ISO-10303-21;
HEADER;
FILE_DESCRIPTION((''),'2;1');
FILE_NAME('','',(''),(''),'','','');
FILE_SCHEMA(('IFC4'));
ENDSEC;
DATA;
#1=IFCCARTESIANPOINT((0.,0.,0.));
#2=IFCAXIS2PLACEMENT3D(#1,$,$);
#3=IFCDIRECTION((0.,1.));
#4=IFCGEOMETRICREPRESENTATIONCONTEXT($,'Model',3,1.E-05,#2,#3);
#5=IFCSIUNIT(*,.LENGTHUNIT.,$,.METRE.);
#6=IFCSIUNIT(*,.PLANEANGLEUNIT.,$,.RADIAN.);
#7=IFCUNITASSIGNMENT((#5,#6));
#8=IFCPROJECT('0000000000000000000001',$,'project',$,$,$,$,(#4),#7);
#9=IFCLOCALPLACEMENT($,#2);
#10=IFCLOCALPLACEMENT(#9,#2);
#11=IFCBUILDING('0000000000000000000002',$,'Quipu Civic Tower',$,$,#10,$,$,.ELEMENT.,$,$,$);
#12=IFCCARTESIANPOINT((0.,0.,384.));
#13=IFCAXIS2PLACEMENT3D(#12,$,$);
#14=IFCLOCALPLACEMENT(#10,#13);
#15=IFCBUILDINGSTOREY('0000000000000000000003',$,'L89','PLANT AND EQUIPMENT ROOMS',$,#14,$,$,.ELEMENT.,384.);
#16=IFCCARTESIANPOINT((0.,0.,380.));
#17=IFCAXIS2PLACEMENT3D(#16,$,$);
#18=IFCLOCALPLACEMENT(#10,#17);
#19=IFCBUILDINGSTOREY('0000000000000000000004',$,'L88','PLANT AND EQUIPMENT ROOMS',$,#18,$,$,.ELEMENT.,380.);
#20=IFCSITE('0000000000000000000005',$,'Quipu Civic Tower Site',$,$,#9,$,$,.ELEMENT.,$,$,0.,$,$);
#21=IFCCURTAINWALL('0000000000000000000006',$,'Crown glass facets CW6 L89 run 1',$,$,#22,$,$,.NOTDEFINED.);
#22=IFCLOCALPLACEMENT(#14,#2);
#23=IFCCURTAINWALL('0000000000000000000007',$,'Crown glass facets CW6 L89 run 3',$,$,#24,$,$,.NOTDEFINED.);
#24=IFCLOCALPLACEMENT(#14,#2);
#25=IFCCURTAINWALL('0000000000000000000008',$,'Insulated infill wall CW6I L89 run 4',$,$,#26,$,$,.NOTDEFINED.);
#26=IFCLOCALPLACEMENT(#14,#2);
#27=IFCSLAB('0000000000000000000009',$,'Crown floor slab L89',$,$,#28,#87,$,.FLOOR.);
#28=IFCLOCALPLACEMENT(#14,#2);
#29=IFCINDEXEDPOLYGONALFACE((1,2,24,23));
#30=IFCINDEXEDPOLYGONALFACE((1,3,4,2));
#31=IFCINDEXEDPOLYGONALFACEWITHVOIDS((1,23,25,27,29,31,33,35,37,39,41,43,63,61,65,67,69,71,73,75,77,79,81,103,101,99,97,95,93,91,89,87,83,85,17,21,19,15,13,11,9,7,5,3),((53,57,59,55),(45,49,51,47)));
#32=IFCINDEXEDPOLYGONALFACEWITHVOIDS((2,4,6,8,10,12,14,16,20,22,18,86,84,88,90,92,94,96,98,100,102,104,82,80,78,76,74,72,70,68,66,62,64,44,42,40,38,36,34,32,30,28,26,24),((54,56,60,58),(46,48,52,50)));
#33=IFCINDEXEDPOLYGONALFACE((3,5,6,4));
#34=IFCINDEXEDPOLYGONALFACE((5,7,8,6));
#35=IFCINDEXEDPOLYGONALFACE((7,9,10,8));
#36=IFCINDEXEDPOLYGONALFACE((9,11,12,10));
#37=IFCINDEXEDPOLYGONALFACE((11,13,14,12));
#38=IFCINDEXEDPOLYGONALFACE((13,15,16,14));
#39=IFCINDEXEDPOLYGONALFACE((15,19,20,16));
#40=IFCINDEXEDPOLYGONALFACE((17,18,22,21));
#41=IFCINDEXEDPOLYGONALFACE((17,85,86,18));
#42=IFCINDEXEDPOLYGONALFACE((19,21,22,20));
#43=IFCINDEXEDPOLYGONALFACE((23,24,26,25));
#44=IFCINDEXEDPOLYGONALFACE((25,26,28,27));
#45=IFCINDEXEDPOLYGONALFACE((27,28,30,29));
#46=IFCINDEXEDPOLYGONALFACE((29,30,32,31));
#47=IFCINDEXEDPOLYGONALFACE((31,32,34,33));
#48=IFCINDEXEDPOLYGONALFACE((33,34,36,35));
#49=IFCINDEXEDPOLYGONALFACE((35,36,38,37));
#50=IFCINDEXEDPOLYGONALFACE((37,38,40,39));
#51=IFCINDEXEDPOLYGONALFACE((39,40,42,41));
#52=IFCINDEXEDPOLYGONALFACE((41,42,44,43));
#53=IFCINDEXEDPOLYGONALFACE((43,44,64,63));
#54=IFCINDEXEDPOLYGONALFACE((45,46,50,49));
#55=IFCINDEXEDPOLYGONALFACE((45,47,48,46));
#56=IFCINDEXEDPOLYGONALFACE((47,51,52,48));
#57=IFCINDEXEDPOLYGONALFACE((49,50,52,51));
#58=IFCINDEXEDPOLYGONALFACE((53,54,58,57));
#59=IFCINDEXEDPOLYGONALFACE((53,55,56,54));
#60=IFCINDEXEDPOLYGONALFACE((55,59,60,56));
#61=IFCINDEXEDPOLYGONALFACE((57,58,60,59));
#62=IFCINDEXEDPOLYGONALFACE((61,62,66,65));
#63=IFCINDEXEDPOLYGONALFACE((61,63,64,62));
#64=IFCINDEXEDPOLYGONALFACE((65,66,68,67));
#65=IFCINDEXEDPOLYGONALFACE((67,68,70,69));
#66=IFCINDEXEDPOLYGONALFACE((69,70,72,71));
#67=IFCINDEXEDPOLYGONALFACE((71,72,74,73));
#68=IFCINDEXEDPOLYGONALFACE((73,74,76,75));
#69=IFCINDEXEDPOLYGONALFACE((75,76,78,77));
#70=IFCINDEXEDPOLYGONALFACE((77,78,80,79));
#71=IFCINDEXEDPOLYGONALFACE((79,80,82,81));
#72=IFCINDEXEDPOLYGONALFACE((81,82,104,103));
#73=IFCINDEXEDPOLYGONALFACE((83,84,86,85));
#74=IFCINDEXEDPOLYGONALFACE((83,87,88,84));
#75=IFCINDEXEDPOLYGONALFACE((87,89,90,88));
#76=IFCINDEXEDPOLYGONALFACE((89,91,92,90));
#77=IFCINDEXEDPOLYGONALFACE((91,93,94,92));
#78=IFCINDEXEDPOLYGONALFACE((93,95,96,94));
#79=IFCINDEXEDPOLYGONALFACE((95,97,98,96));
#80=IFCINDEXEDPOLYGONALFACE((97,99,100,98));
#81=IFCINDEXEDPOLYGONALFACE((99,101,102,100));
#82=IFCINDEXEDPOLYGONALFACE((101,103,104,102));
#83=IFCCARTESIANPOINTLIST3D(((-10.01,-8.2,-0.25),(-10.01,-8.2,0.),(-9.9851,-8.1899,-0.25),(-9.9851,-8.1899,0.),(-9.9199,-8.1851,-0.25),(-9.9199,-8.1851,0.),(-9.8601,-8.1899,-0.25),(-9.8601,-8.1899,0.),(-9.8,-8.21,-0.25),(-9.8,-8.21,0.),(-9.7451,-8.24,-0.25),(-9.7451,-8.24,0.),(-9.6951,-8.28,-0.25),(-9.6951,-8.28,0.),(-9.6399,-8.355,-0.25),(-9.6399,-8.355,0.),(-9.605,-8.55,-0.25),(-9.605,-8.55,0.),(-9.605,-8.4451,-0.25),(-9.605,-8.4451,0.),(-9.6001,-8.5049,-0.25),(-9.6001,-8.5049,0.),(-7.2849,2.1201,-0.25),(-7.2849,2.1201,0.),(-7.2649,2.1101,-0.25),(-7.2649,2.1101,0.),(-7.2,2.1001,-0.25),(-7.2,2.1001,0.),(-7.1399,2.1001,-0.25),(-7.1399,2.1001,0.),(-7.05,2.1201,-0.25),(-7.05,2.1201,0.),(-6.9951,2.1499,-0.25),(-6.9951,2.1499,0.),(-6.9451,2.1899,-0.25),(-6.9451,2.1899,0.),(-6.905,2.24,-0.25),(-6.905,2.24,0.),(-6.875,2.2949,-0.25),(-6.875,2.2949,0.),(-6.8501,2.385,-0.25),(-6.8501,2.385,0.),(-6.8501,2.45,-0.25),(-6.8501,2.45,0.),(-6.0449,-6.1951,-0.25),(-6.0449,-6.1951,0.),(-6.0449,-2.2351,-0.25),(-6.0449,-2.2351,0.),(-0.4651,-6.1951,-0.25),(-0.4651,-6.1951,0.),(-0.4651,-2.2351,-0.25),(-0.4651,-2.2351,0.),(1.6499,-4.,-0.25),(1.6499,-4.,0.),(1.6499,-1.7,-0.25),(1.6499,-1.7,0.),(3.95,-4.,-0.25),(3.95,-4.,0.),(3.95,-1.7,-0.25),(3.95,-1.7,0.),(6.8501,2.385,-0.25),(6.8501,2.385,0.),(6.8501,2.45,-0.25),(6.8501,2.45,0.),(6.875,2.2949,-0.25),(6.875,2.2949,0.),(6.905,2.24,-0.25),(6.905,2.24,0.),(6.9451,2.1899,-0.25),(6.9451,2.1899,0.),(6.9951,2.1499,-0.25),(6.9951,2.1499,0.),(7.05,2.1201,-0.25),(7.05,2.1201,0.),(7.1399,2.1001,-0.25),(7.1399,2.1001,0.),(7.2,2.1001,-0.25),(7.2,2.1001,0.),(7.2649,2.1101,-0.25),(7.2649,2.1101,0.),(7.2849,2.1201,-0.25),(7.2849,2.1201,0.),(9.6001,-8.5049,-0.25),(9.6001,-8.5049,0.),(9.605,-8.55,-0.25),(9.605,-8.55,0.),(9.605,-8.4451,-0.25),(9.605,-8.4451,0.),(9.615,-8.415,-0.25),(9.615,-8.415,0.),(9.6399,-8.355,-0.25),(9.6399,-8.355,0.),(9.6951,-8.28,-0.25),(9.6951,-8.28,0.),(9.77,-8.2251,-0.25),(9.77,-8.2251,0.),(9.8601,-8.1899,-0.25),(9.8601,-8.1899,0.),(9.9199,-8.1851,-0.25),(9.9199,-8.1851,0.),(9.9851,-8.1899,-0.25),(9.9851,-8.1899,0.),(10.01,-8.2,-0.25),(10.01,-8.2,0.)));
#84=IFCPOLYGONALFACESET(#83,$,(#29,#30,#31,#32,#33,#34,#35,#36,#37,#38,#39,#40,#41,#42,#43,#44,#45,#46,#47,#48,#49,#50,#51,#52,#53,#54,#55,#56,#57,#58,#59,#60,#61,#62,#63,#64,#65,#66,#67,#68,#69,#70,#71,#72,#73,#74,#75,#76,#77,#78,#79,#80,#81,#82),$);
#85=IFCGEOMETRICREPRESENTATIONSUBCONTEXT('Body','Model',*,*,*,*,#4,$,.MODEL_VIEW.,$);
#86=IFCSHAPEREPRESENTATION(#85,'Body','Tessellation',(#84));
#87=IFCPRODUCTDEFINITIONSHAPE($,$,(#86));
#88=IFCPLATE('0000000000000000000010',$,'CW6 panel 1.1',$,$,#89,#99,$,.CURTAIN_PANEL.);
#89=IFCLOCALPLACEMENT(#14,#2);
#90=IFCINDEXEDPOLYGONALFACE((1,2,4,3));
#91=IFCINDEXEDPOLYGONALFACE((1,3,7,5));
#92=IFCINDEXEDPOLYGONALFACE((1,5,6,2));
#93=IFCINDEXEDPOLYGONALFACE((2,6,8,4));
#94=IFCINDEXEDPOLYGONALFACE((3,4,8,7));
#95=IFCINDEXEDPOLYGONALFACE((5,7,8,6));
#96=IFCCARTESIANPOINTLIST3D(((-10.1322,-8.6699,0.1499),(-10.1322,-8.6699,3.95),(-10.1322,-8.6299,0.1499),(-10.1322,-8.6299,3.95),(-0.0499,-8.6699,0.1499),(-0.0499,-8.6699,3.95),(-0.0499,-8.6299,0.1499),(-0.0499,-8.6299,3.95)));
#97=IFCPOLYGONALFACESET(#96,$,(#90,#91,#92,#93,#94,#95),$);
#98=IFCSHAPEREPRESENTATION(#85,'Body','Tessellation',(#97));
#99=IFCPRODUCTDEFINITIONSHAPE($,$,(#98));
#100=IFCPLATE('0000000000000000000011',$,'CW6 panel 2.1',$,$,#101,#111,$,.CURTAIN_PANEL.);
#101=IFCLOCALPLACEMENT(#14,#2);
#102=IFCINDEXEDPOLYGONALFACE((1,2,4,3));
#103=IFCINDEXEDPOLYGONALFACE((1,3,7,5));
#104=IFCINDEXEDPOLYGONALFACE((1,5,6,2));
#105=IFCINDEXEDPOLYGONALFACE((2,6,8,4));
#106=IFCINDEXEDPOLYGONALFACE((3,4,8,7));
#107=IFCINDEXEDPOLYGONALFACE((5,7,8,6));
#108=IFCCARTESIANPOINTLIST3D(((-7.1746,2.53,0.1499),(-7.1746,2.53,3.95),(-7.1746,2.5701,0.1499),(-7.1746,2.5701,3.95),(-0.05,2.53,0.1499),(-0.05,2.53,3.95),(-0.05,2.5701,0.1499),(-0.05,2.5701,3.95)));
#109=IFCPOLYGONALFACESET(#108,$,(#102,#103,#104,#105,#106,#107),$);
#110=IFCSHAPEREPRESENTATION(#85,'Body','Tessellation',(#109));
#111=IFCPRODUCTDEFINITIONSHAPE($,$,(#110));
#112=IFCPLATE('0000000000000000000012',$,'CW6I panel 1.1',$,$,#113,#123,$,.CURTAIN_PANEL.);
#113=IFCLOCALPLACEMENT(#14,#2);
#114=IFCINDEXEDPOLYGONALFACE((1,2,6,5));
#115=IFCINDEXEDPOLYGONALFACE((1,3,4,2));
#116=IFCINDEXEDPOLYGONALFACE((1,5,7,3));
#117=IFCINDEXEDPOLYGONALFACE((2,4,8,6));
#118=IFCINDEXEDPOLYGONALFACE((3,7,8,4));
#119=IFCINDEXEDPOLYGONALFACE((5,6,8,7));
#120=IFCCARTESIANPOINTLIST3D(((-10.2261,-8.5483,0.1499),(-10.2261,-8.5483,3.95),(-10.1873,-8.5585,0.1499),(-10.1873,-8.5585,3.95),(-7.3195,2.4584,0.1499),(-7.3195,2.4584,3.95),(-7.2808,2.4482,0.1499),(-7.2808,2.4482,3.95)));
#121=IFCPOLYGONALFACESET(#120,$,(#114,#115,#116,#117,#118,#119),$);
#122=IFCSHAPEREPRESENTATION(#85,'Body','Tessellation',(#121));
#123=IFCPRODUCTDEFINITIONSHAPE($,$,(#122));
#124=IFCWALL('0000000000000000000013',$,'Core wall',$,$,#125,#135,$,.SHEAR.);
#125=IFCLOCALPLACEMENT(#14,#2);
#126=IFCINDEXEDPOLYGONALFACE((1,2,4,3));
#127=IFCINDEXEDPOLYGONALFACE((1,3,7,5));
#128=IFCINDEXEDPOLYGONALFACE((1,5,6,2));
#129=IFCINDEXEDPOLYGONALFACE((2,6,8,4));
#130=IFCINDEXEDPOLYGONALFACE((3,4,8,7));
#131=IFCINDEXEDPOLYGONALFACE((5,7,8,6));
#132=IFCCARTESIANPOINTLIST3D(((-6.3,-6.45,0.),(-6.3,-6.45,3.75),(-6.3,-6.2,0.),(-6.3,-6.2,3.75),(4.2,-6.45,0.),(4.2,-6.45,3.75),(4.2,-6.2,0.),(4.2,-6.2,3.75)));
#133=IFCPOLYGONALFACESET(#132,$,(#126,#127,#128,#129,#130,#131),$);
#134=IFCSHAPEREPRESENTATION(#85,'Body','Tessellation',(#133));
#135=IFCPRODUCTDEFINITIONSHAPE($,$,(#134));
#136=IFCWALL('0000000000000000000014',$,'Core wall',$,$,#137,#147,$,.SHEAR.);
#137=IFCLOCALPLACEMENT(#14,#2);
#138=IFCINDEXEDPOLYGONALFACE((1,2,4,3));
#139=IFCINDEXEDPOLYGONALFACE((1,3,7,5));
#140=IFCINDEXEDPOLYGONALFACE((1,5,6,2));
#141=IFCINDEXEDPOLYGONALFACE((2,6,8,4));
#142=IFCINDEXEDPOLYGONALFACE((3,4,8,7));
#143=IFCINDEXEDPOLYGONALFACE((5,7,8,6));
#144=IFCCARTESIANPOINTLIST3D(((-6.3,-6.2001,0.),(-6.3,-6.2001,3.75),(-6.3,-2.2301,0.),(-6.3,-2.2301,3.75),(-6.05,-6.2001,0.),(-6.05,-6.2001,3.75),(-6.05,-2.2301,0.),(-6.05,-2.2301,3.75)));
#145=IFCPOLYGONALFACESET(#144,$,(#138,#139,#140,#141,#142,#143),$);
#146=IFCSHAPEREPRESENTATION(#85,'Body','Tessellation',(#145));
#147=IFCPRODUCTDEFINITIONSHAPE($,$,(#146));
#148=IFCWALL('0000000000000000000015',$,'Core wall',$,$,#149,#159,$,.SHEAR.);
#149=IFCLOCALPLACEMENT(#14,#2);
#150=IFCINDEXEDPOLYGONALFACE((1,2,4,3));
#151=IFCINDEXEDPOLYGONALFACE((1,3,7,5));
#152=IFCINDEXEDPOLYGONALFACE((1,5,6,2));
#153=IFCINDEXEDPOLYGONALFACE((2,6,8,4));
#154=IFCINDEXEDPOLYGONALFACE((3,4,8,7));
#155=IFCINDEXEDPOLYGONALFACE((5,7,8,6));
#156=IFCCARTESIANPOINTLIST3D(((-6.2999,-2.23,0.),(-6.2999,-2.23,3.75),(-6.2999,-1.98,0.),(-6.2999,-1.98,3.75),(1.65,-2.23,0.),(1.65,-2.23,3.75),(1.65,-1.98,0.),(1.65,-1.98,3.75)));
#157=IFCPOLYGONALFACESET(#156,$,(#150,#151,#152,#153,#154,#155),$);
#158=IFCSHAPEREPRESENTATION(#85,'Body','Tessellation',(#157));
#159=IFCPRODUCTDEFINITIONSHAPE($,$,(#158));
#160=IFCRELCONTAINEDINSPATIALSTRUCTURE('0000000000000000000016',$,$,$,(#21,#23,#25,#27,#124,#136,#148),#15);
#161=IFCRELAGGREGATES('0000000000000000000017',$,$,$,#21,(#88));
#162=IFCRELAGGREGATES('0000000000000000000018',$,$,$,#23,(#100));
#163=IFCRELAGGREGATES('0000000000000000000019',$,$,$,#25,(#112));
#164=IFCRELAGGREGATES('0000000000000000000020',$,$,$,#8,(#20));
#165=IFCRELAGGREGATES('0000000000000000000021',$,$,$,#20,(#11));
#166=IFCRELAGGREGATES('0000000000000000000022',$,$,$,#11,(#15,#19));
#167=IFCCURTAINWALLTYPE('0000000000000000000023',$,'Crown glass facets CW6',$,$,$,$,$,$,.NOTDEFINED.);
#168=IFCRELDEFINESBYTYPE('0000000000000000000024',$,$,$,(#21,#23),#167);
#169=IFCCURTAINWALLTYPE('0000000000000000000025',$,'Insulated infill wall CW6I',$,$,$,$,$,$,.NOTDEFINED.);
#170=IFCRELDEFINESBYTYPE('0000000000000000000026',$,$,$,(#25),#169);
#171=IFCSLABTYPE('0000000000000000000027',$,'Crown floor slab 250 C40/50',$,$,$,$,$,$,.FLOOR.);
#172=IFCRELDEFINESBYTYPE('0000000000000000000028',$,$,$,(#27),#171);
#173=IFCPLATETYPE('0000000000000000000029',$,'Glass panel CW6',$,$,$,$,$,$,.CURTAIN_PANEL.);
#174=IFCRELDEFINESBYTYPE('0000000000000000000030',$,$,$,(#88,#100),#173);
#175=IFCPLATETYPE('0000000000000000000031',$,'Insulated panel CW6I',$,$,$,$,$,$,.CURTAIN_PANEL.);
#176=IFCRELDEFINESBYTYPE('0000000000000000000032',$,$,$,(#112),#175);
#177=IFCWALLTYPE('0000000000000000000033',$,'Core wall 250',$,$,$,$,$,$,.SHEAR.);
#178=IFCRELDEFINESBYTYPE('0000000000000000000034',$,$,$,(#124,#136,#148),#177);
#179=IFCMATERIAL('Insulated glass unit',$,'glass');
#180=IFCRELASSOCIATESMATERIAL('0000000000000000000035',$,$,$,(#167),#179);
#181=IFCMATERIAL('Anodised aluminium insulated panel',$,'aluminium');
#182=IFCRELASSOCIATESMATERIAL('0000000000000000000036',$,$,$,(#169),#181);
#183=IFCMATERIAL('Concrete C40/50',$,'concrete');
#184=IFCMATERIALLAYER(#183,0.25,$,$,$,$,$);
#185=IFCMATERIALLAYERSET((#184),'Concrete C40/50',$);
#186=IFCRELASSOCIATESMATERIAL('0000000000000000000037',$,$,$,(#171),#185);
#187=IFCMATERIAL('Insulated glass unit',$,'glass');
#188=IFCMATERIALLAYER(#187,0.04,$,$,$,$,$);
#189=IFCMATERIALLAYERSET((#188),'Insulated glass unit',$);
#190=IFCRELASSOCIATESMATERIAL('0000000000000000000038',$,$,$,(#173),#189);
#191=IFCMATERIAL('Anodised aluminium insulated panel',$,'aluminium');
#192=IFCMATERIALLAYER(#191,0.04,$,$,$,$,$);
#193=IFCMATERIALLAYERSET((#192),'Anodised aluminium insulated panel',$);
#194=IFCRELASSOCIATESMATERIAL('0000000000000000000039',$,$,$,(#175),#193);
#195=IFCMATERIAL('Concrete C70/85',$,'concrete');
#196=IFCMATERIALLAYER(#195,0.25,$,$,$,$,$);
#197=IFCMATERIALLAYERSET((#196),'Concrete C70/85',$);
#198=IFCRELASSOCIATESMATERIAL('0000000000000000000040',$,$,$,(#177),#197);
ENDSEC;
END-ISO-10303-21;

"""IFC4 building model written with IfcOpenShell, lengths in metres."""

from ifc_helpers import new_model, si_unit, direction, frame, frame_2d, origin, origin_2d, place, context, subcontext, project, spatial, polyline, rectangle, outline, extrude, material, layer, layer_set, type_object, element, aggregate, save


model = new_model("IFC4")

# Units and contexts
model_context = context("Model", 3, precision=1e-05, world=origin(), true_north=direction((0.0, 1.0)))
body_context = subcontext(model_context, "Body", "Model", "MODEL_VIEW")
ifc_project = project(units=[si_unit("LENGTHUNIT", "METRE"), si_unit("PLANEANGLEUNIT", "RADIAN")], contexts=[model_context])

# Site, building, storey
site_placement = place(None, origin())
site = spatial("IfcSite", under=ifc_project, at=site_placement, Name="Quipu Civic Tower Site", CompositionType="ELEMENT", RefElevation=0.0)
building_placement = place(site_placement, origin())
building = spatial("IfcBuilding", under=site, at=building_placement, Name="Quipu Civic Tower", CompositionType="ELEMENT")
storey_1_placement = place(building_placement, frame((0.0, 0.0, 384.0)))
storey_1 = spatial("IfcBuildingStorey", under=building, at=storey_1_placement, Name="L89", Description="PLANT AND EQUIPMENT ROOMS", CompositionType="ELEMENT", Elevation=384.0)

# Curtain walls
ifc_material_1 = material(Name="Insulated glass unit", Category="glass")
curtain_wall_type_1 = type_object("IfcCurtainWallType", Name="Crown glass facets CW6", PredefinedType="NOTDEFINED", material=ifc_material_1)
curtain_wall_1_placement = place(storey_1_placement, origin())
curtain_wall_1 = element("IfcCurtainWall", 1, at=curtain_wall_1_placement, inside=storey_1, type_object=curtain_wall_type_1, Name="Crown glass facets CW6 L89 run 1", PredefinedType="NOTDEFINED")
curtain_wall_2_placement = place(storey_1_placement, origin())
curtain_wall_2 = element("IfcCurtainWall", 2, at=curtain_wall_2_placement, inside=storey_1, type_object=curtain_wall_type_1, Name="Crown glass facets CW6 L89 run 3", PredefinedType="NOTDEFINED")
ifc_material_2 = material(Name="Anodised aluminium insulated panel", Category="aluminium")
curtain_wall_type_2 = type_object("IfcCurtainWallType", Name="Insulated infill wall CW6I", PredefinedType="NOTDEFINED", material=ifc_material_2)
curtain_wall_3_placement = place(storey_1_placement, origin())
curtain_wall_3 = element("IfcCurtainWall", 3, at=curtain_wall_3_placement, inside=storey_1, type_object=curtain_wall_type_2, Name="Insulated infill wall CW6I L89 run 4", PredefinedType="NOTDEFINED")

# Shared definitions
storey_2_placement = place(building_placement, frame((0.0, 0.0, 380.0)))
storey_2 = spatial("IfcBuildingStorey", under=building, at=storey_2_placement, Name="L88", Description="PLANT AND EQUIPMENT ROOMS", CompositionType="ELEMENT", Elevation=380.0)

# Slab
ifc_material_3 = material(Name="Concrete C40/50", Category="concrete")
ifc_layer_1 = layer(ifc_material_3, 0.25)
ifc_layer_set_1 = layer_set([ifc_layer_1], Name="Concrete C40/50")
slab_type = type_object("IfcSlabType", Name="Crown floor slab 250 C40/50", PredefinedType="FLOOR", material=ifc_layer_set_1)
slab_placement = place(storey_1_placement, frame((0.0, 0.0, -0.25)))
element("IfcSlab", 4, at=slab_placement, inside=storey_1, type_object=slab_type, Name="Crown floor slab L89", PredefinedType="FLOOR", context=body_context, shape_type="SweptSolid", body=[
    extrude(outline(polyline([(-9.6001, -8.5049), (-9.605, -8.4451), (-9.6399, -8.355), (-9.6951, -8.28), (-9.7451, -8.24), (-9.8, -8.21), (-9.8601, -8.1899), (-9.9199, -8.1851), (-9.9851, -8.1899), (-10.01, -8.2), (-7.2849, 2.1201), (-7.2649, 2.1101), (-7.2, 2.1001), (-7.1399, 2.1001), (-7.05, 2.1201), (-6.9951, 2.1499), (-6.9451, 2.1899), (-6.905, 2.24), (-6.875, 2.2949), (-6.8501, 2.385), (-6.8501, 2.45), (6.8501, 2.45), (6.8501, 2.385), (6.875, 2.2949), (6.905, 2.24), (6.9451, 2.1899), (6.9951, 2.1499), (7.05, 2.1201), (7.1399, 2.1001), (7.2, 2.1001), (7.2649, 2.1101), (7.2849, 2.1201), (10.01, -8.2), (9.9851, -8.1899), (9.9199, -8.1851), (9.8601, -8.1899), (9.77, -8.2251), (9.6951, -8.28), (9.6399, -8.355), (9.615, -8.415), (9.605, -8.4451), (9.6001, -8.5049), (9.605, -8.55), (-9.605, -8.55), (-9.6001, -8.5049)]), holes=[polyline([(-6.0449, -2.2351), (-6.0449, -6.1951), (-0.4651, -6.1951), (-0.4651, -2.2351), (-6.0449, -2.2351)]), polyline([(3.95, -1.7), (1.6499, -1.7), (1.6499, -4.0), (3.95, -4.0), (3.95, -1.7)])]), origin(), (0.0, 0.0, 1.0), 0.25),
])

# Plates
ifc_material_4 = material(Name="Insulated glass unit", Category="glass")
ifc_layer_2 = layer(ifc_material_4, 0.04)
ifc_layer_set_2 = layer_set([ifc_layer_2], Name="Insulated glass unit")
plate_type_1 = type_object("IfcPlateType", Name="Glass panel CW6", PredefinedType="CURTAIN_PANEL", material=ifc_layer_set_2)
plate_1_placement = place(storey_1_placement, frame((-5.0911, -8.6499, 0.1499), z_axis=(0.0, 0.0, 1.0), x_axis=(1.0, 0.0, 0.0)))
plate_1 = element("IfcPlate", 5, at=plate_1_placement, type_object=plate_type_1, Name="CW6 panel 1.1", PredefinedType="CURTAIN_PANEL", context=body_context, shape_type="SweptSolid", body=[
    extrude(rectangle(XDim=10.0823, YDim=0.04, at=origin_2d()), origin(), (0.0, 0.0, 1.0), 3.8),
])
aggregate(curtain_wall_1, [plate_1])
plate_2_placement = place(storey_1_placement, frame((-3.6123, 2.55, 0.1499), z_axis=(0.0, 0.0, 1.0), x_axis=(-1.0, 0.0, 0.0)))
plate_2 = element("IfcPlate", 6, at=plate_2_placement, type_object=plate_type_1, Name="CW6 panel 2.1", PredefinedType="CURTAIN_PANEL", context=body_context, shape_type="SweptSolid", body=[
    extrude(rectangle(XDim=7.1245, YDim=0.04, at=origin_2d()), origin(), (0.0, 0.0, 1.0), 3.8),
])
aggregate(curtain_wall_2, [plate_2])
ifc_material_5 = material(Name="Anodised aluminium insulated panel", Category="aluminium")
ifc_layer_3 = layer(ifc_material_5, 0.04)
ifc_layer_set_3 = layer_set([ifc_layer_3], Name="Anodised aluminium insulated panel")
plate_type_2 = type_object("IfcPlateType", Name="Insulated panel CW6I", PredefinedType="CURTAIN_PANEL", material=ifc_layer_set_3)
plate_3_placement = place(storey_1_placement, frame((-8.7534, -3.05, 0.1499), z_axis=(0.0, 0.0, 1.0), x_axis=(-0.255319, -0.966857, 0.0)))
plate_3 = element("IfcPlate", 7, at=plate_3_placement, type_object=plate_type_2, Name="CW6I panel 1.1", PredefinedType="CURTAIN_PANEL", context=body_context, shape_type="SweptSolid", body=[
    extrude(rectangle(XDim=11.384, YDim=0.04, at=origin_2d()), origin(), (0.0, 0.0, 1.0), 3.8),
])
aggregate(curtain_wall_3, [plate_3])

# Walls
ifc_material_6 = material(Name="Concrete C70/85", Category="concrete")
ifc_layer_4 = layer(ifc_material_6, 0.25)
ifc_layer_set_4 = layer_set([ifc_layer_4], Name="Concrete C70/85")
wall_type = type_object("IfcWallType", Name="Core wall 250", PredefinedType="SHEAR", material=ifc_layer_set_4)
wall_1_placement = place(storey_1_placement, frame((-6.3, -6.325, 0.0), z_axis=(0.0, 0.0, 1.0), x_axis=(1.0, 0.0, 0.0)))
element("IfcWall", 8, at=wall_1_placement, inside=storey_1, type_object=wall_type, Name="Core wall", PredefinedType="SHEAR", context=body_context, shape_type="SweptSolid", body=[
    extrude(rectangle(XDim=10.5, YDim=0.25, at=frame_2d((5.25, 0.0))), origin(), (0.0, 0.0, 1.0), 3.75),
])
wall_2_placement = place(storey_1_placement, frame((-6.175, -6.2, 0.0), z_axis=(0.0, 0.0, 1.0), x_axis=(0.0, 1.0, 0.0)))
element("IfcWall", 9, at=wall_2_placement, inside=storey_1, type_object=wall_type, Name="Core wall", PredefinedType="SHEAR", context=body_context, shape_type="SweptSolid", body=[
    extrude(rectangle(XDim=3.97, YDim=0.25, at=frame_2d((1.9849, 0.0))), origin(), (0.0, 0.0, 1.0), 3.75),
])
wall_3_placement = place(storey_1_placement, frame((-6.3, -2.105, 0.0), z_axis=(0.0, 0.0, 1.0), x_axis=(1.0, 0.0, 0.0)))
element("IfcWall", 10, at=wall_3_placement, inside=storey_1, type_object=wall_type, Name="Core wall", PredefinedType="SHEAR", context=body_context, shape_type="SweptSolid", body=[
    extrude(rectangle(XDim=7.95, YDim=0.25, at=frame_2d((3.9751, 0.0))), origin(), (0.0, 0.0, 1.0), 3.75),
])

save(model, "model.ifc")
